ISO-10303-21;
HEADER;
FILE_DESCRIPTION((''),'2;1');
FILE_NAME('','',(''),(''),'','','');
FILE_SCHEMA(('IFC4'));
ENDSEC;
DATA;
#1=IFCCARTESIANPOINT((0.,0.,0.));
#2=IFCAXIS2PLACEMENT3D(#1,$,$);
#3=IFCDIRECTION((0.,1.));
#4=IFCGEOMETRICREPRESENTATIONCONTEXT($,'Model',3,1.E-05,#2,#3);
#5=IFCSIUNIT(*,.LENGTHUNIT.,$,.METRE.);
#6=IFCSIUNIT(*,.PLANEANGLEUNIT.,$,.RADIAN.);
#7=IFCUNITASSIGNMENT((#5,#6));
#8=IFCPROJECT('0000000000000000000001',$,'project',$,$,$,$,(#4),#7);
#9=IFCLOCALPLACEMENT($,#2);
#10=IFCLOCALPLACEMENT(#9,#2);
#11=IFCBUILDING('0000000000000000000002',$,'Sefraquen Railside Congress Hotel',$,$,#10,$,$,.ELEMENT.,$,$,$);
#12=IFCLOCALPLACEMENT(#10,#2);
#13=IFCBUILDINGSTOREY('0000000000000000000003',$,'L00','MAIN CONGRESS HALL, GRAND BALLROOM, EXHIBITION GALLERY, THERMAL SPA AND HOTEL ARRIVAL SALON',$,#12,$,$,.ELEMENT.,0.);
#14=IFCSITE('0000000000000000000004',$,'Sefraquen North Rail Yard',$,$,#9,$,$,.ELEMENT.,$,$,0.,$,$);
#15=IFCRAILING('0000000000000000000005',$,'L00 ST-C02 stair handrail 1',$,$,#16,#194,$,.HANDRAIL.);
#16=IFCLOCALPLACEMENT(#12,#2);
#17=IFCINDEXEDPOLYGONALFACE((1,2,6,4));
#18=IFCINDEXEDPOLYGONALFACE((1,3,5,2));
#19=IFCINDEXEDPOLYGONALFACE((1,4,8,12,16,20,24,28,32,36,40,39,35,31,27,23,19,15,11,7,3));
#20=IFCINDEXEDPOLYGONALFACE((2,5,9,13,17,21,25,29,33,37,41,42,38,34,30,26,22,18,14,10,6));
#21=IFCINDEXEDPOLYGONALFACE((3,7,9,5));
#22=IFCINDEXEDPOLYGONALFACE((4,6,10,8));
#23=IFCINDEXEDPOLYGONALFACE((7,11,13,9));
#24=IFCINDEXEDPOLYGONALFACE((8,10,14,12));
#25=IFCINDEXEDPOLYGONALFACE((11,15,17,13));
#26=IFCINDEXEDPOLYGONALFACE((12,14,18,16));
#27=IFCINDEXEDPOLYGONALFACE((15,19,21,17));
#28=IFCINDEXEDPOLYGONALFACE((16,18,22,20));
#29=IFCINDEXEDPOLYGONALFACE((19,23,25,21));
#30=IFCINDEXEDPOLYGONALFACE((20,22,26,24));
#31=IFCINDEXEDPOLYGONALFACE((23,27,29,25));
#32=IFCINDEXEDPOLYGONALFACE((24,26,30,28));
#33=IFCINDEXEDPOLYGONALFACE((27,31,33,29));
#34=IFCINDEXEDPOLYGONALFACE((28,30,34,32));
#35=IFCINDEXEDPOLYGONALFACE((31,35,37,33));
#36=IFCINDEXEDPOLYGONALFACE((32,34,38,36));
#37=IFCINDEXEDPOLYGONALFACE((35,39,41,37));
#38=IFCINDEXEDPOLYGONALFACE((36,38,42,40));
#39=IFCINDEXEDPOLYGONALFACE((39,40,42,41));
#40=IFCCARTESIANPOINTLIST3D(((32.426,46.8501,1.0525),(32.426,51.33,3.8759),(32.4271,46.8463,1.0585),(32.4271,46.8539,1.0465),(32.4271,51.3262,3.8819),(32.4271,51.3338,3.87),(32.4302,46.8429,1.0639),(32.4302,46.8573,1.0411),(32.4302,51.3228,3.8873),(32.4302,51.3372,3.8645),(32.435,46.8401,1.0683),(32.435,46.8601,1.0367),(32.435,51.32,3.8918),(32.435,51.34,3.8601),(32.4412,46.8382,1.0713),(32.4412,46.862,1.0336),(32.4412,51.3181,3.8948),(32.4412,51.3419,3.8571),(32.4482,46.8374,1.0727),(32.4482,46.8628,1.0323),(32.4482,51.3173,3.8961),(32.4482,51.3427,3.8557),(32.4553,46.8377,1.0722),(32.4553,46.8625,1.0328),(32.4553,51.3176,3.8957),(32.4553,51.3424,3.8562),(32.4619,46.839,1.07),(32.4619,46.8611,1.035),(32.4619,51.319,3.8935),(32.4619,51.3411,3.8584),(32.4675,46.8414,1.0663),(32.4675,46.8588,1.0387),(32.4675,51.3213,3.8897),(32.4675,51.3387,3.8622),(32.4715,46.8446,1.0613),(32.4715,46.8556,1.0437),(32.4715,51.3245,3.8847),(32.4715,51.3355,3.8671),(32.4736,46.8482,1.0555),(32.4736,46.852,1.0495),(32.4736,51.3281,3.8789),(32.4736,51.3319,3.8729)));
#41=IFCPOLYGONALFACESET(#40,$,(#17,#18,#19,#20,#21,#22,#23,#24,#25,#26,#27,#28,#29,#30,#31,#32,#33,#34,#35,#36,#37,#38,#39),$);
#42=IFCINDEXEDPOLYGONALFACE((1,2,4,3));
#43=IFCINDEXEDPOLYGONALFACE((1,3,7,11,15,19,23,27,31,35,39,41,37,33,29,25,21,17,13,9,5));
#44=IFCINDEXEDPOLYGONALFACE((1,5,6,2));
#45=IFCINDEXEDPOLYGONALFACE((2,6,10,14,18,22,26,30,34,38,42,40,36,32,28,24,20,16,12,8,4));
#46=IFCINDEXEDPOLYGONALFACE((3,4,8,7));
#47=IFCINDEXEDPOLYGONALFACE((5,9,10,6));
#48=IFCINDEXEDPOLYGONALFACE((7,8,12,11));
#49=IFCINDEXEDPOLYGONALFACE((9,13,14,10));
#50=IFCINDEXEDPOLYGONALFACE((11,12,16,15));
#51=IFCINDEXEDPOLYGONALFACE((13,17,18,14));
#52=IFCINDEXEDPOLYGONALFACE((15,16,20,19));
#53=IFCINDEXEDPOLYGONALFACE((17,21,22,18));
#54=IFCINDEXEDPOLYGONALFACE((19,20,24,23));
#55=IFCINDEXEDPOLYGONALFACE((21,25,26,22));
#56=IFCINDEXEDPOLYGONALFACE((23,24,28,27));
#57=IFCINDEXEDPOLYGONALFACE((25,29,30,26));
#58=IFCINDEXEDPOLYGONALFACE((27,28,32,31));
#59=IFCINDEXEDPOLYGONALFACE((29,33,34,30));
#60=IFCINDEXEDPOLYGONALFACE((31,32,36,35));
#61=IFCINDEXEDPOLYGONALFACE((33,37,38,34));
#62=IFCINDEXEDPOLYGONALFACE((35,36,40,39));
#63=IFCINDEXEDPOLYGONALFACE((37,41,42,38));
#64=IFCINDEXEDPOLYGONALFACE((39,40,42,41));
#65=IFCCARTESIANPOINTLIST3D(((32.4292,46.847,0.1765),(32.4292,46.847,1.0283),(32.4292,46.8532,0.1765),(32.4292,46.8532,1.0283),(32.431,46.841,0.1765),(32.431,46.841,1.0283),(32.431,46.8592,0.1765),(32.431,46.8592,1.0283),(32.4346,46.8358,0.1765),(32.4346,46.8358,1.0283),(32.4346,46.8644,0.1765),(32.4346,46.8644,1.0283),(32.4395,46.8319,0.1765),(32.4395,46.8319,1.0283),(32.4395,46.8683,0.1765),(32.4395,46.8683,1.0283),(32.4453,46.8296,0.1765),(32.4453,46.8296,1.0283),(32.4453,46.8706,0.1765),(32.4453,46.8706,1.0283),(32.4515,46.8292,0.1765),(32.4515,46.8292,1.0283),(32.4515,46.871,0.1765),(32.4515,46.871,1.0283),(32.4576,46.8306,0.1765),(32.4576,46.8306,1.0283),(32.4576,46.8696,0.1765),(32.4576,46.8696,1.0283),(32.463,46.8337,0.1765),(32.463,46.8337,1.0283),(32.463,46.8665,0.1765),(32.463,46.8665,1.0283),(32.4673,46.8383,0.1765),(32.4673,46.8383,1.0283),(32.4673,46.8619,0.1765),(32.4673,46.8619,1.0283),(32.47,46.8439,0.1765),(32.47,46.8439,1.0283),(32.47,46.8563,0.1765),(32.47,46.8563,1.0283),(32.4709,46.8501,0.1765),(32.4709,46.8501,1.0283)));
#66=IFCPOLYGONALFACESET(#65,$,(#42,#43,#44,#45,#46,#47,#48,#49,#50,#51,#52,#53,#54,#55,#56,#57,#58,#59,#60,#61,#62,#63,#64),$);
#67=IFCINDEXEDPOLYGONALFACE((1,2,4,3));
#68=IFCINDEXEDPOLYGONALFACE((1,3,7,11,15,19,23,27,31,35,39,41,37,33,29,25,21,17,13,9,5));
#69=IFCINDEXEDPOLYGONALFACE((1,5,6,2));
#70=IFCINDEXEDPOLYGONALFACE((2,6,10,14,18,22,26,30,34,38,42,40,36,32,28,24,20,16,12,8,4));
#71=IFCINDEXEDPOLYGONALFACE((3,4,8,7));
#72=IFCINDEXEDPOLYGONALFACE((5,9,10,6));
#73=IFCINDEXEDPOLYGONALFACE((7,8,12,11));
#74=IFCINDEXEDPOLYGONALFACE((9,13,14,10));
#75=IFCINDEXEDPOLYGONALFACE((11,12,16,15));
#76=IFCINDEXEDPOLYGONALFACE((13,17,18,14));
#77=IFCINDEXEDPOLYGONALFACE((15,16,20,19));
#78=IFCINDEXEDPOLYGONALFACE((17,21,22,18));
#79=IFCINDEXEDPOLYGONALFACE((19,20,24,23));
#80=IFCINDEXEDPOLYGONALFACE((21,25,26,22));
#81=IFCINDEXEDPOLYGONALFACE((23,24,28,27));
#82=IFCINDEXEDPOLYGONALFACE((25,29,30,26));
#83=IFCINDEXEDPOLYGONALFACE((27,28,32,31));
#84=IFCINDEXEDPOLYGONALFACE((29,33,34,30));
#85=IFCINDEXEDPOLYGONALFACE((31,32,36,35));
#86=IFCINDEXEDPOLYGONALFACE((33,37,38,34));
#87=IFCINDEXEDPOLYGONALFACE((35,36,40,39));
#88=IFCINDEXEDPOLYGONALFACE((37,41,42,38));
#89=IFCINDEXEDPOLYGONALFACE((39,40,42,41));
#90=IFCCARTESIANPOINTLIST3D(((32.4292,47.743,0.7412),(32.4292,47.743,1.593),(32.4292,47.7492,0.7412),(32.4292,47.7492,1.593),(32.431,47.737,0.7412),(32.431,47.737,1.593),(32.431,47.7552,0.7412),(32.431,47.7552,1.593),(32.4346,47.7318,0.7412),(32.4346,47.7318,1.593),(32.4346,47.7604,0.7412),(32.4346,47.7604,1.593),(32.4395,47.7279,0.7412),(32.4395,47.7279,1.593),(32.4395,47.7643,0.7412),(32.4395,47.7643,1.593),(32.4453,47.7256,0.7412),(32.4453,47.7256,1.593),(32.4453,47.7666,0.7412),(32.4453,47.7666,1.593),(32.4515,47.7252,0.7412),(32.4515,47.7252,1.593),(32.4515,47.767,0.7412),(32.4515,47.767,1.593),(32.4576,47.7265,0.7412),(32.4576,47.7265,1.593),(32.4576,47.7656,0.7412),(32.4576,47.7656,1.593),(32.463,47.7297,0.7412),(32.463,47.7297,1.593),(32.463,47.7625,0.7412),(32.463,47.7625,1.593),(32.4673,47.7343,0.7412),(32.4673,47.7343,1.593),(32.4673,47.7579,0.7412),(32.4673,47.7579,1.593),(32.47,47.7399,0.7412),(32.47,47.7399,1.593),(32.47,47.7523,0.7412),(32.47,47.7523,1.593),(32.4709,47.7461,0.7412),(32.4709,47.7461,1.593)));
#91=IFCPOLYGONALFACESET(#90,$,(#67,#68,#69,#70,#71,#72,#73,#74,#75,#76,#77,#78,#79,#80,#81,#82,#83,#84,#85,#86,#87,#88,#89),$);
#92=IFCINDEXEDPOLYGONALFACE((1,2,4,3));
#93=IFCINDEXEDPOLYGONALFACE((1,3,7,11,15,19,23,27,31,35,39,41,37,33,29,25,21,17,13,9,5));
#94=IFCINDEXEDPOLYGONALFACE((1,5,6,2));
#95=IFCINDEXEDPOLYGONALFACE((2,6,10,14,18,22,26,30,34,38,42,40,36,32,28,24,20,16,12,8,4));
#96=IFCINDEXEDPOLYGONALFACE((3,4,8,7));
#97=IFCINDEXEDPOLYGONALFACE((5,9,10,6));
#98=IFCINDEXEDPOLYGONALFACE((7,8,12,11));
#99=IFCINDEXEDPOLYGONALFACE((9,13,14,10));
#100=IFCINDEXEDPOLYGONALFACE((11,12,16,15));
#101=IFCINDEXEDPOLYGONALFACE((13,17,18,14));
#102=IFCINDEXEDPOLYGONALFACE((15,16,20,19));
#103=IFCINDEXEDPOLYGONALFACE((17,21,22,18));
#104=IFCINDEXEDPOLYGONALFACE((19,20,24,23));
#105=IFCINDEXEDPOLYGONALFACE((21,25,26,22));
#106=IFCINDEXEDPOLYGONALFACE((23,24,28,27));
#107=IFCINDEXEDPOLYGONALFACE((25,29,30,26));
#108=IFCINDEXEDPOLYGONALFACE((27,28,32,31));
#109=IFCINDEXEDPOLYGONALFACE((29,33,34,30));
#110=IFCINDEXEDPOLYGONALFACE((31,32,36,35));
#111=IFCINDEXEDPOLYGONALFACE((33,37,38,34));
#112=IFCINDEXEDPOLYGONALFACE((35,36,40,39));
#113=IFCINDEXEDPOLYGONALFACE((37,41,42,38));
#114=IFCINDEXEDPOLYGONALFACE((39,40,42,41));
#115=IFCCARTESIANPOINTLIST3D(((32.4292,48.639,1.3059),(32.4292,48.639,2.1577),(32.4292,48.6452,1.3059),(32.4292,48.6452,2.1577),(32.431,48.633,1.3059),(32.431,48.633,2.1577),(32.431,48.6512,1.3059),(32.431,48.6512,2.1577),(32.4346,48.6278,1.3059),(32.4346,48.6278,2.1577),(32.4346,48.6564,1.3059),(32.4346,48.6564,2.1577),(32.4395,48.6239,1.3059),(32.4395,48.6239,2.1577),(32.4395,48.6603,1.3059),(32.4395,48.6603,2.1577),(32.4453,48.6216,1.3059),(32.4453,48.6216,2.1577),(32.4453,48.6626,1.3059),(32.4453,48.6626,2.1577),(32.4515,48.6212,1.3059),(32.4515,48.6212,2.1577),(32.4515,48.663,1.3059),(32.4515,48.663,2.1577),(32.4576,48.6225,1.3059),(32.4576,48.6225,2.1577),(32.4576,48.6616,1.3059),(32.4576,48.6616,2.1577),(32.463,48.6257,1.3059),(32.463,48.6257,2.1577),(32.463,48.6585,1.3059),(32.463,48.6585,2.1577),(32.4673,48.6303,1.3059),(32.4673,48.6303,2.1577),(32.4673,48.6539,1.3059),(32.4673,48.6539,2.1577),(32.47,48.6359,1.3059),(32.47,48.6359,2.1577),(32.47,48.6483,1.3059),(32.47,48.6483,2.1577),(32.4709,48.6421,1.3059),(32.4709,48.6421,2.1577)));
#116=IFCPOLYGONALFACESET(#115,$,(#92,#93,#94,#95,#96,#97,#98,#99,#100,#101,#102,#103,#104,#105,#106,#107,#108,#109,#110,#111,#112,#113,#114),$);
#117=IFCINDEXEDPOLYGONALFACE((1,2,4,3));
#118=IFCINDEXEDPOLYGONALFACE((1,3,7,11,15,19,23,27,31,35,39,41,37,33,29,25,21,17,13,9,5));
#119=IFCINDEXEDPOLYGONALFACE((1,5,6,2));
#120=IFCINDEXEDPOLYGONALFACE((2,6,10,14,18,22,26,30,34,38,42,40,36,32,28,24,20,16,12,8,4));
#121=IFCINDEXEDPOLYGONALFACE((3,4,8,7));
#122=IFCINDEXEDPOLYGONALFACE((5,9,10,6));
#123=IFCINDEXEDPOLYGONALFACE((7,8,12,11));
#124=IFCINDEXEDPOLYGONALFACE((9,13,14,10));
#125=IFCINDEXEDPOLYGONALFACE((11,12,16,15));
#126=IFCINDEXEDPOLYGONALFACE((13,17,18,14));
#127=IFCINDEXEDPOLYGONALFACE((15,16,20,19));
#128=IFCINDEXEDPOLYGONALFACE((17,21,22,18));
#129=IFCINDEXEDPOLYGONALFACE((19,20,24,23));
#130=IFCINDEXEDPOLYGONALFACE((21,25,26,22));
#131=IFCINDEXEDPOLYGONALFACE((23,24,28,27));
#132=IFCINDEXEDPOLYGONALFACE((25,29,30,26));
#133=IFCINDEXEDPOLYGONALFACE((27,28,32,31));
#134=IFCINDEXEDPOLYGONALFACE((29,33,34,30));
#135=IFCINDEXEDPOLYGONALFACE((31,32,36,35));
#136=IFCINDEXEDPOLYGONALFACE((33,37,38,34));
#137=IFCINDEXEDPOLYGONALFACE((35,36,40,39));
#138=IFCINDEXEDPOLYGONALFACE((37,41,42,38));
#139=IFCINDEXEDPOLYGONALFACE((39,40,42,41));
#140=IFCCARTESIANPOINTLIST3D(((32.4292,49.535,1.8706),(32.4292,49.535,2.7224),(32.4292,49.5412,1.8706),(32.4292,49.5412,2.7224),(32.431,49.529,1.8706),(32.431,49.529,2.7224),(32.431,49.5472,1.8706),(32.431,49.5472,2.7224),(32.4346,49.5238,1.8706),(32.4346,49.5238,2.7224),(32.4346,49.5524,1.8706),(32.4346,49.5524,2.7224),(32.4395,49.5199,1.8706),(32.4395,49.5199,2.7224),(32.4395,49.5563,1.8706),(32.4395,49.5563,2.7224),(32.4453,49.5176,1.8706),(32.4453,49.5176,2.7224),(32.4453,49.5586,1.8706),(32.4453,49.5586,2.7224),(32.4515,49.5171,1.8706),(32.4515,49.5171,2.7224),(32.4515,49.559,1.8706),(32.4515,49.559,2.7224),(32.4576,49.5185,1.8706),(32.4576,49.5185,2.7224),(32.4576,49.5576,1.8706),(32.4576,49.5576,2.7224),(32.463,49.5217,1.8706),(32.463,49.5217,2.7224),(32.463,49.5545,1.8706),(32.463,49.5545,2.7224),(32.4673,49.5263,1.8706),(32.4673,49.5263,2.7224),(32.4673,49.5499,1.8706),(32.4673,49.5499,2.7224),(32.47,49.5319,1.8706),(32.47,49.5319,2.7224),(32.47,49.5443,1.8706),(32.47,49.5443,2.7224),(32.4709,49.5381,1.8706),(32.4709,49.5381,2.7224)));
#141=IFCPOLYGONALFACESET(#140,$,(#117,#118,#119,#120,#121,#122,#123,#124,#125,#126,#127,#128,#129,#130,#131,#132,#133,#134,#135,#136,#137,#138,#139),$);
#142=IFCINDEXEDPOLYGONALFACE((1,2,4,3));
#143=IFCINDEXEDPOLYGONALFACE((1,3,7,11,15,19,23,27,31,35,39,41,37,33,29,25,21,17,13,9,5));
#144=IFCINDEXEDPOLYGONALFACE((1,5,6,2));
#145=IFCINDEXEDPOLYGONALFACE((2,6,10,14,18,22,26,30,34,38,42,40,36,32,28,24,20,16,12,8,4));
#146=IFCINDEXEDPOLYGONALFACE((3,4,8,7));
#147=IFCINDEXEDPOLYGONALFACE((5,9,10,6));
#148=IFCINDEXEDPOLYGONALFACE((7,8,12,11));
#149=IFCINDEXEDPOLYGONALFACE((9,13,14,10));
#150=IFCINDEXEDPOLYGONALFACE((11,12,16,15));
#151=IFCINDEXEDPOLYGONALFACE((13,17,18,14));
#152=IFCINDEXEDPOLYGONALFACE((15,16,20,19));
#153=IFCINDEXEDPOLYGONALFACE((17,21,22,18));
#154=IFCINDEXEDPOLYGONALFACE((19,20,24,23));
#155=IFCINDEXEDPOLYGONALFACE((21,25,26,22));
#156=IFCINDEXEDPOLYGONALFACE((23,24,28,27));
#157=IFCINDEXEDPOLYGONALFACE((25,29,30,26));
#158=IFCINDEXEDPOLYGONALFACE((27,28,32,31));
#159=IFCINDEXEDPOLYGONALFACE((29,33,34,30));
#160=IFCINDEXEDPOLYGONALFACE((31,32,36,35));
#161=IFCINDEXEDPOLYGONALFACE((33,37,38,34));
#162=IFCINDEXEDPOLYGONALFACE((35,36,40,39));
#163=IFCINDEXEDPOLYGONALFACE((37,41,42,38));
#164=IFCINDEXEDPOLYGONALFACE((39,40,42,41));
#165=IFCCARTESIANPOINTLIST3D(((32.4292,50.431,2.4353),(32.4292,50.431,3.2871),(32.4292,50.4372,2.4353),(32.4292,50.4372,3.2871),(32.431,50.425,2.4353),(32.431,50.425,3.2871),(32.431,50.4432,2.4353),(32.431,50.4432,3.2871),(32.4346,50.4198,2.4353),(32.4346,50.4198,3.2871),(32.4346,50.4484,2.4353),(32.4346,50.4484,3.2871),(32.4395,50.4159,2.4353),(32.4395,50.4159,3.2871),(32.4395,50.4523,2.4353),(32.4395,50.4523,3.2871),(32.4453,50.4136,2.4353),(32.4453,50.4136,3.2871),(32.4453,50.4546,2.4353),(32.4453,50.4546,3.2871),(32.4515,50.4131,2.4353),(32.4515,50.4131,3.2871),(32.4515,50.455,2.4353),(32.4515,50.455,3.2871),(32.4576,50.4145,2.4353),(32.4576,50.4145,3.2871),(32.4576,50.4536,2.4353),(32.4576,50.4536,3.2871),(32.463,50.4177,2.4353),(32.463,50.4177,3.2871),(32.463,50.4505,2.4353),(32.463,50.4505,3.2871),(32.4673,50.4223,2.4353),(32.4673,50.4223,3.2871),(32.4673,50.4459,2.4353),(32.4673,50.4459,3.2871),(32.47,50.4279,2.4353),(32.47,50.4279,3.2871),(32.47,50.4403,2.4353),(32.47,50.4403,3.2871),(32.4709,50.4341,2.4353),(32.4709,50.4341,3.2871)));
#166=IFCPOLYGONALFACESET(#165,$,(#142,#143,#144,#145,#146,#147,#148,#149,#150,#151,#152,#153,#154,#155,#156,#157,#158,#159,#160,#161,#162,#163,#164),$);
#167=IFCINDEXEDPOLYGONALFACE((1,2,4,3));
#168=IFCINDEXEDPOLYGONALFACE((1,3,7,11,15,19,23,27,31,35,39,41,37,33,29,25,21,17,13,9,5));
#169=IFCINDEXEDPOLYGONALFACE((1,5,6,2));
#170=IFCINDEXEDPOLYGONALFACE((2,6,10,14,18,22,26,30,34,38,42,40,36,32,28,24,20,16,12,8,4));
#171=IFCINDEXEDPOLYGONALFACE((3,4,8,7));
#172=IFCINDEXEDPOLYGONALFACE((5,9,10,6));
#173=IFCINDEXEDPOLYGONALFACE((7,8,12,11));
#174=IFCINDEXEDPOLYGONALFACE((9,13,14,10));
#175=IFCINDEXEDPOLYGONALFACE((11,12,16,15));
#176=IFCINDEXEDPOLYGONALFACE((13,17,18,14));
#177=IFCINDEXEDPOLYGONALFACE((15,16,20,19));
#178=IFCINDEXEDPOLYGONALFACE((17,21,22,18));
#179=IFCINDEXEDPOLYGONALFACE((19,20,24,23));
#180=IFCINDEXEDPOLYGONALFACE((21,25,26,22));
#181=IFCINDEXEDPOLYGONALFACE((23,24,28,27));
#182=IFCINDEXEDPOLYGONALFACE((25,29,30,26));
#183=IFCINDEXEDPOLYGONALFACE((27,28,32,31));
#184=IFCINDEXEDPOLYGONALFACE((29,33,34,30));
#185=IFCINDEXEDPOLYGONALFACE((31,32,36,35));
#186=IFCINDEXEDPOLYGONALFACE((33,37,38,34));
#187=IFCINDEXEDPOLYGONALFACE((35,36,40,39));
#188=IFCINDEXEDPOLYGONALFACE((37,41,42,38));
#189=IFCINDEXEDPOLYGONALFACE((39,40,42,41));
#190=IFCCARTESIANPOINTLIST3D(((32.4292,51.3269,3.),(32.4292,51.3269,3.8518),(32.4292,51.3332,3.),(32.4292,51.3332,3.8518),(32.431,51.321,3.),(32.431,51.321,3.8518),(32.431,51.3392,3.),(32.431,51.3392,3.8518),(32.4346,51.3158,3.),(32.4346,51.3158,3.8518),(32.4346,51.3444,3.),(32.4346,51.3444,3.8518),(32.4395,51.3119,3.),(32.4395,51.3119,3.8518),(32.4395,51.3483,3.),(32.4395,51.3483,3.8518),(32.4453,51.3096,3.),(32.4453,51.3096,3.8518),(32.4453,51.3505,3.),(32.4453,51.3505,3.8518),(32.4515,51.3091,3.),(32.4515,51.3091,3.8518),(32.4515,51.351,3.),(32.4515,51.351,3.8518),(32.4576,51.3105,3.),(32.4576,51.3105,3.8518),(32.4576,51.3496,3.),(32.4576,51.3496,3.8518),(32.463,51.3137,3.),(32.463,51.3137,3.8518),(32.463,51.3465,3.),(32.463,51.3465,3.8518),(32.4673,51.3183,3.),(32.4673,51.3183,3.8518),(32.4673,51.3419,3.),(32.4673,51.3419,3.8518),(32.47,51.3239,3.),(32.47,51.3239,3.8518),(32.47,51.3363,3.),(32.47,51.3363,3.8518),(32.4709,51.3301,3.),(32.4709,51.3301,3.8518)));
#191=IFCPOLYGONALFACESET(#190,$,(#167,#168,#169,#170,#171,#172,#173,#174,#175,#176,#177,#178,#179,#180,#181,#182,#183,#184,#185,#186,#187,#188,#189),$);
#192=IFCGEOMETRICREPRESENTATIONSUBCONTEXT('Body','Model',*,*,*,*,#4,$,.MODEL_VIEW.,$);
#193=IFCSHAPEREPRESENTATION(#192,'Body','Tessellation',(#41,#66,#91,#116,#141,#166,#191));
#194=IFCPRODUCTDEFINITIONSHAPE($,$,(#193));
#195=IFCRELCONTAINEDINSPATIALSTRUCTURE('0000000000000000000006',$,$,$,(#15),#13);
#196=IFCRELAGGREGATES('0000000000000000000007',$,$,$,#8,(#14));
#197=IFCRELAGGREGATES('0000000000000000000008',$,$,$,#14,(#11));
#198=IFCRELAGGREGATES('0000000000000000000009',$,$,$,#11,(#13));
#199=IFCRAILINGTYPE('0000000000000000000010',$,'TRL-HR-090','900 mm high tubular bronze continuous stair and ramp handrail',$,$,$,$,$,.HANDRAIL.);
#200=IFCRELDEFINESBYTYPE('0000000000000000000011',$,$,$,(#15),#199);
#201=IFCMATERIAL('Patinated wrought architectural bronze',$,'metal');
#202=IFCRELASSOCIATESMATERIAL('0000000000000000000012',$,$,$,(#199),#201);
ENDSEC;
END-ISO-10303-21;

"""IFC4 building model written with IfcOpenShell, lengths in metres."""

from ifc_helpers import new_model, si_unit, direction, frame, origin, origin_2d, place, context, subcontext, project, spatial, circle, extrude, material, type_object, element, save


model = new_model("IFC4")

# Units and contexts
model_context = context("Model", 3, precision=1e-05, world=origin(), true_north=direction((0.0, 1.0)))
body_context = subcontext(model_context, "Body", "Model", "MODEL_VIEW")
ifc_project = project(units=[si_unit("LENGTHUNIT", "METRE"), si_unit("PLANEANGLEUNIT", "RADIAN")], contexts=[model_context])

# Site, building, storey
site_placement = place(None, origin())
site = spatial("IfcSite", under=ifc_project, at=site_placement, Name="Sefraquen North Rail Yard", CompositionType="ELEMENT", RefElevation=0.0)
building_placement = place(site_placement, origin())
building = spatial("IfcBuilding", under=site, at=building_placement, Name="Sefraquen Railside Congress Hotel", CompositionType="ELEMENT")
storey_placement = place(building_placement, origin())
storey = spatial("IfcBuildingStorey", under=building, at=storey_placement, Name="L00", Description="MAIN CONGRESS HALL, GRAND BALLROOM, EXHIBITION GALLERY, THERMAL SPA AND HOTEL ARRIVAL SALON", CompositionType="ELEMENT", Elevation=0.0)

# Railing
ifc_material_1 = material(Name="Patinated wrought architectural bronze", Category="metal")
railing_type_1 = type_object("IfcRailingType", Name="TRL-HR-090", Description="900 mm high tubular bronze continuous stair and ramp handrail", PredefinedType="HANDRAIL", material=ifc_material_1)
railing_1_placement = place(storey_placement, frame((32.45, 46.8501, 0.1765)))
element("IfcRailing", 1, at=railing_1_placement, inside=storey, type_object=railing_type_1, Name="L00 ST-C02 stair handrail 1", PredefinedType="HANDRAIL", context=body_context, shape_type="SweptSolid", body=[
    extrude(circle(Radius=0.0239, at=origin_2d()), frame((0.0, 0.0, 0.876), z_axis=(0.0, 0.845998, 0.533186), x_axis=(-1.0, 0.0, 0.0)), (0.0, 0.0, 1.0), 5.2954),
    extrude(circle(Radius=0.021, at=origin_2d()), origin(), (0.0, 0.0, 1.0), 0.8518),
    extrude(circle(Radius=0.021, at=origin_2d()), frame((0.0, 0.896, 0.5647)), (0.0, 0.0, 1.0), 0.8518),
    extrude(circle(Radius=0.021, at=origin_2d()), frame((0.0, 1.792, 1.1294)), (0.0, 0.0, 1.0), 0.8518),
    extrude(circle(Radius=0.021, at=origin_2d()), frame((0.0, 2.688, 1.6941)), (0.0, 0.0, 1.0), 0.8518),
    extrude(circle(Radius=0.021, at=origin_2d()), frame((0.0, 3.584, 2.2588)), (0.0, 0.0, 1.0), 0.8518),
    extrude(circle(Radius=0.021, at=origin_2d()), frame((0.0, 4.48, 2.8235)), (0.0, 0.0, 1.0), 0.8518),
])

save(model, "model.ifc")
